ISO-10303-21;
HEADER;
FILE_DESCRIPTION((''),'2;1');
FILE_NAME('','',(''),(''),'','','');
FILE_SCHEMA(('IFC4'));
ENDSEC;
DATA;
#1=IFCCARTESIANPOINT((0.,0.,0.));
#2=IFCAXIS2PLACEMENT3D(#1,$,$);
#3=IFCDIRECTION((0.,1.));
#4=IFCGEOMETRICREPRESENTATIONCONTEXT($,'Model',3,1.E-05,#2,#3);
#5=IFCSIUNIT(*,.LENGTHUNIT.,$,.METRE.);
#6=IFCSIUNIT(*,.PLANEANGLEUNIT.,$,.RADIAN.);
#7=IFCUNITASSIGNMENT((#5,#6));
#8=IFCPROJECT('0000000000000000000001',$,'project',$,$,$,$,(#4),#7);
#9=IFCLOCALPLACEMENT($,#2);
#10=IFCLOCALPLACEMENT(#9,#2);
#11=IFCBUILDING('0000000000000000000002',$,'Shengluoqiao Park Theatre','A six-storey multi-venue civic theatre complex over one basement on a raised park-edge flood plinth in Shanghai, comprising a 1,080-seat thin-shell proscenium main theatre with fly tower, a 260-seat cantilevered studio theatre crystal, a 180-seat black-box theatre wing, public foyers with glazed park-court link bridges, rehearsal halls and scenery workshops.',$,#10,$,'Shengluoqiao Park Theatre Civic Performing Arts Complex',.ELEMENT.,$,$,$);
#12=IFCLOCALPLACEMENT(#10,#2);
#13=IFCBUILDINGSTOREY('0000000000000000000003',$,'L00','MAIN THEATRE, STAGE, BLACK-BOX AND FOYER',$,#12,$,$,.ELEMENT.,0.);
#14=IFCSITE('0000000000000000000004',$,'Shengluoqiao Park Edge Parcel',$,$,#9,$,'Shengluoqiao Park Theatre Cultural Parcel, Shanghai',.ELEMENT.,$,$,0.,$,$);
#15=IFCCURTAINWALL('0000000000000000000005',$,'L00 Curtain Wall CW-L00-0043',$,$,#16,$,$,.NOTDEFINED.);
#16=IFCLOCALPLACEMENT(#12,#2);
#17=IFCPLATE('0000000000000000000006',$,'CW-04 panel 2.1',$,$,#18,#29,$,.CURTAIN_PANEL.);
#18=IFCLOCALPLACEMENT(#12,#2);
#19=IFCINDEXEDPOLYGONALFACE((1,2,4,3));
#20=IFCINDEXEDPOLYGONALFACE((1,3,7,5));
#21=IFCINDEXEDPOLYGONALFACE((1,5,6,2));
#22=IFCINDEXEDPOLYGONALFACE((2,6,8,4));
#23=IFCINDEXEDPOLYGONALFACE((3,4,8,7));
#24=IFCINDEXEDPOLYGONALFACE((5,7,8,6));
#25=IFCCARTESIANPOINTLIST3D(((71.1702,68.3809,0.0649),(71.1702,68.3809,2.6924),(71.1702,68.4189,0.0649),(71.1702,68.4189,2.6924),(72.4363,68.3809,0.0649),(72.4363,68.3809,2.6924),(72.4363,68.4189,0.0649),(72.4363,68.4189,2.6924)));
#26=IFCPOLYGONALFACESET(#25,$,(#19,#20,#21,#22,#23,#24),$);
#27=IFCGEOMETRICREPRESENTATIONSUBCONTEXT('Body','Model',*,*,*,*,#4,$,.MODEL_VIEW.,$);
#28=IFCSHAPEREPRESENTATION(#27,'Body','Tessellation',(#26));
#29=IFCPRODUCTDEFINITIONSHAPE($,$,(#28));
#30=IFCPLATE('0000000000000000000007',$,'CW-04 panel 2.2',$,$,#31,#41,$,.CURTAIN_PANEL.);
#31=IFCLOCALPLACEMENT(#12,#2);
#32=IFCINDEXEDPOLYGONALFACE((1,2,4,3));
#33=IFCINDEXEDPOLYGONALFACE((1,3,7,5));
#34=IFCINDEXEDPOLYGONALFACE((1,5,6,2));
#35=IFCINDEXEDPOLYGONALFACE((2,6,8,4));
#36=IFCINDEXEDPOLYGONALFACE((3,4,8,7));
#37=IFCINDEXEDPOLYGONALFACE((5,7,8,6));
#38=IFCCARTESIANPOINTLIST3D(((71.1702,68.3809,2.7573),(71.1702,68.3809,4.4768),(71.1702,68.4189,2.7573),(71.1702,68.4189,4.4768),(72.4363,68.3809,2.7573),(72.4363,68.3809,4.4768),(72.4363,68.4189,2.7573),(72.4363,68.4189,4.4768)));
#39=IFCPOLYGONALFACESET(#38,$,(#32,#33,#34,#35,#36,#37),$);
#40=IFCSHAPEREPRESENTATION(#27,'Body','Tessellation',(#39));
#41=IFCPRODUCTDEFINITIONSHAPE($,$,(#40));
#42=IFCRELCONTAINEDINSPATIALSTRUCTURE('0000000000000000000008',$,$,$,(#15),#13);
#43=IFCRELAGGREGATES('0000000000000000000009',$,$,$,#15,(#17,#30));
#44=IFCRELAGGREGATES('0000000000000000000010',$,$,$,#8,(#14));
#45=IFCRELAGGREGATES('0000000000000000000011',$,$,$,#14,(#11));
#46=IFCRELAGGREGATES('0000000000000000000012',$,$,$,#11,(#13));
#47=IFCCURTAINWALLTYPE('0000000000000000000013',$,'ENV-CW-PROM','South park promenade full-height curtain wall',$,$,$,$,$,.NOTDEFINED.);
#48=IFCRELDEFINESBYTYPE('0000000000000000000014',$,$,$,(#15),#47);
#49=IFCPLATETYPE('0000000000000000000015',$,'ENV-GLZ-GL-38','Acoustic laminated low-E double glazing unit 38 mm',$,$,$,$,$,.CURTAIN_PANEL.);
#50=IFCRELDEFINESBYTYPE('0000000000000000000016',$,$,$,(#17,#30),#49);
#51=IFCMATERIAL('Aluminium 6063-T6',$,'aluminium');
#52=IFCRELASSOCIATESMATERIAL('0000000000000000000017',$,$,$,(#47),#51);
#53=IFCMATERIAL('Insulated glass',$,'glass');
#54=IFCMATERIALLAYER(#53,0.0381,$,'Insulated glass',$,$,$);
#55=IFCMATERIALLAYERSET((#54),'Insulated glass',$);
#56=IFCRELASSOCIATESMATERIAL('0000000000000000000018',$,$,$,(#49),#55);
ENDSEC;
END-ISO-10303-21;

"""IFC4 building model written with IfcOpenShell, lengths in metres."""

from ifc_helpers import new_model, si_unit, direction, frame, origin, origin_2d, place, context, subcontext, project, spatial, rectangle, extrude, material, layer, layer_set, type_object, element, aggregate, save


model = new_model("IFC4")

# Units and contexts
model_context = context("Model", 3, precision=1e-05, world=origin(), true_north=direction((0.0, 1.0)))
body_context = subcontext(model_context, "Body", "Model", "MODEL_VIEW")
ifc_project = project(units=[si_unit("LENGTHUNIT", "METRE"), si_unit("PLANEANGLEUNIT", "RADIAN")], contexts=[model_context])

# Site, building, storey
site_placement = place(None, origin())
site = spatial("IfcSite", under=ifc_project, at=site_placement, Name="Shengluoqiao Park Edge Parcel", LongName="Shengluoqiao Park Theatre Cultural Parcel, Shanghai", CompositionType="ELEMENT", RefElevation=0.0)
building_placement = place(site_placement, origin())
building = spatial("IfcBuilding", under=site, at=building_placement, Name="Shengluoqiao Park Theatre", Description="A six-storey multi-venue civic theatre complex over one basement on a raised park-edge flood plinth in Shanghai, comprising a 1,080-seat thin-shell proscenium main theatre with fly tower, a 260-seat cantilevered studio theatre crystal, a 180-seat black-box theatre wing, public foyers with glazed park-court link bridges, rehearsal halls and scenery workshops.", LongName="Shengluoqiao Park Theatre Civic Performing Arts Complex", CompositionType="ELEMENT")
storey_placement = place(building_placement, origin())
storey = spatial("IfcBuildingStorey", under=building, at=storey_placement, Name="L00", Description="MAIN THEATRE, STAGE, BLACK-BOX AND FOYER", CompositionType="ELEMENT", Elevation=0.0)

# Shared definitions
ifc_material_1 = material(Name="Aluminium 6063-T6", Category="aluminium")
curtain_wall_type = type_object("IfcCurtainWallType", Name="ENV-CW-PROM", Description="South park promenade full-height curtain wall", PredefinedType="NOTDEFINED", material=ifc_material_1)

# Curtain wall
curtain_wall_1_placement = place(storey_placement, origin())
curtain_wall_1 = element("IfcCurtainWall", 1, at=curtain_wall_1_placement, inside=storey, type_object=curtain_wall_type, Name="L00 Curtain Wall CW-L00-0043", PredefinedType="NOTDEFINED")

# Plates
ifc_material_2 = material(Name="Insulated glass", Category="glass")
ifc_layer = layer(ifc_material_2, 0.0381, Name="Insulated glass")
ifc_layer_set = layer_set([ifc_layer], Name="Insulated glass")
plate_type = type_object("IfcPlateType", Name="ENV-GLZ-GL-38", Description="Acoustic laminated low-E double glazing unit 38 mm", PredefinedType="CURTAIN_PANEL", material=ifc_layer_set)
plate_1_placement = place(storey_placement, frame((71.8032, 68.3999, 0.0649), z_axis=(0.0, 0.0, 1.0), x_axis=(1.0, 0.0, 0.0)))
plate_1 = element("IfcPlate", 2, at=plate_1_placement, type_object=plate_type, Name="CW-04 panel 2.1", PredefinedType="CURTAIN_PANEL", context=body_context, shape_type="SweptSolid", body=[
    extrude(rectangle(XDim=1.2661, YDim=0.0381, at=origin_2d()), origin(), (0.0, 0.0, 1.0), 2.6274),
])
plate_2_placement = place(storey_placement, frame((71.8032, 68.3999, 2.7573), z_axis=(0.0, 0.0, 1.0), x_axis=(1.0, 0.0, 0.0)))
plate_2 = element("IfcPlate", 3, at=plate_2_placement, type_object=plate_type, Name="CW-04 panel 2.2", PredefinedType="CURTAIN_PANEL", context=body_context, shape_type="SweptSolid", body=[
    extrude(rectangle(XDim=1.2661, YDim=0.0381, at=origin_2d()), origin(), (0.0, 0.0, 1.0), 1.7195),
])
aggregate(curtain_wall_1, [plate_1, plate_2])

save(model, "model.ifc")
